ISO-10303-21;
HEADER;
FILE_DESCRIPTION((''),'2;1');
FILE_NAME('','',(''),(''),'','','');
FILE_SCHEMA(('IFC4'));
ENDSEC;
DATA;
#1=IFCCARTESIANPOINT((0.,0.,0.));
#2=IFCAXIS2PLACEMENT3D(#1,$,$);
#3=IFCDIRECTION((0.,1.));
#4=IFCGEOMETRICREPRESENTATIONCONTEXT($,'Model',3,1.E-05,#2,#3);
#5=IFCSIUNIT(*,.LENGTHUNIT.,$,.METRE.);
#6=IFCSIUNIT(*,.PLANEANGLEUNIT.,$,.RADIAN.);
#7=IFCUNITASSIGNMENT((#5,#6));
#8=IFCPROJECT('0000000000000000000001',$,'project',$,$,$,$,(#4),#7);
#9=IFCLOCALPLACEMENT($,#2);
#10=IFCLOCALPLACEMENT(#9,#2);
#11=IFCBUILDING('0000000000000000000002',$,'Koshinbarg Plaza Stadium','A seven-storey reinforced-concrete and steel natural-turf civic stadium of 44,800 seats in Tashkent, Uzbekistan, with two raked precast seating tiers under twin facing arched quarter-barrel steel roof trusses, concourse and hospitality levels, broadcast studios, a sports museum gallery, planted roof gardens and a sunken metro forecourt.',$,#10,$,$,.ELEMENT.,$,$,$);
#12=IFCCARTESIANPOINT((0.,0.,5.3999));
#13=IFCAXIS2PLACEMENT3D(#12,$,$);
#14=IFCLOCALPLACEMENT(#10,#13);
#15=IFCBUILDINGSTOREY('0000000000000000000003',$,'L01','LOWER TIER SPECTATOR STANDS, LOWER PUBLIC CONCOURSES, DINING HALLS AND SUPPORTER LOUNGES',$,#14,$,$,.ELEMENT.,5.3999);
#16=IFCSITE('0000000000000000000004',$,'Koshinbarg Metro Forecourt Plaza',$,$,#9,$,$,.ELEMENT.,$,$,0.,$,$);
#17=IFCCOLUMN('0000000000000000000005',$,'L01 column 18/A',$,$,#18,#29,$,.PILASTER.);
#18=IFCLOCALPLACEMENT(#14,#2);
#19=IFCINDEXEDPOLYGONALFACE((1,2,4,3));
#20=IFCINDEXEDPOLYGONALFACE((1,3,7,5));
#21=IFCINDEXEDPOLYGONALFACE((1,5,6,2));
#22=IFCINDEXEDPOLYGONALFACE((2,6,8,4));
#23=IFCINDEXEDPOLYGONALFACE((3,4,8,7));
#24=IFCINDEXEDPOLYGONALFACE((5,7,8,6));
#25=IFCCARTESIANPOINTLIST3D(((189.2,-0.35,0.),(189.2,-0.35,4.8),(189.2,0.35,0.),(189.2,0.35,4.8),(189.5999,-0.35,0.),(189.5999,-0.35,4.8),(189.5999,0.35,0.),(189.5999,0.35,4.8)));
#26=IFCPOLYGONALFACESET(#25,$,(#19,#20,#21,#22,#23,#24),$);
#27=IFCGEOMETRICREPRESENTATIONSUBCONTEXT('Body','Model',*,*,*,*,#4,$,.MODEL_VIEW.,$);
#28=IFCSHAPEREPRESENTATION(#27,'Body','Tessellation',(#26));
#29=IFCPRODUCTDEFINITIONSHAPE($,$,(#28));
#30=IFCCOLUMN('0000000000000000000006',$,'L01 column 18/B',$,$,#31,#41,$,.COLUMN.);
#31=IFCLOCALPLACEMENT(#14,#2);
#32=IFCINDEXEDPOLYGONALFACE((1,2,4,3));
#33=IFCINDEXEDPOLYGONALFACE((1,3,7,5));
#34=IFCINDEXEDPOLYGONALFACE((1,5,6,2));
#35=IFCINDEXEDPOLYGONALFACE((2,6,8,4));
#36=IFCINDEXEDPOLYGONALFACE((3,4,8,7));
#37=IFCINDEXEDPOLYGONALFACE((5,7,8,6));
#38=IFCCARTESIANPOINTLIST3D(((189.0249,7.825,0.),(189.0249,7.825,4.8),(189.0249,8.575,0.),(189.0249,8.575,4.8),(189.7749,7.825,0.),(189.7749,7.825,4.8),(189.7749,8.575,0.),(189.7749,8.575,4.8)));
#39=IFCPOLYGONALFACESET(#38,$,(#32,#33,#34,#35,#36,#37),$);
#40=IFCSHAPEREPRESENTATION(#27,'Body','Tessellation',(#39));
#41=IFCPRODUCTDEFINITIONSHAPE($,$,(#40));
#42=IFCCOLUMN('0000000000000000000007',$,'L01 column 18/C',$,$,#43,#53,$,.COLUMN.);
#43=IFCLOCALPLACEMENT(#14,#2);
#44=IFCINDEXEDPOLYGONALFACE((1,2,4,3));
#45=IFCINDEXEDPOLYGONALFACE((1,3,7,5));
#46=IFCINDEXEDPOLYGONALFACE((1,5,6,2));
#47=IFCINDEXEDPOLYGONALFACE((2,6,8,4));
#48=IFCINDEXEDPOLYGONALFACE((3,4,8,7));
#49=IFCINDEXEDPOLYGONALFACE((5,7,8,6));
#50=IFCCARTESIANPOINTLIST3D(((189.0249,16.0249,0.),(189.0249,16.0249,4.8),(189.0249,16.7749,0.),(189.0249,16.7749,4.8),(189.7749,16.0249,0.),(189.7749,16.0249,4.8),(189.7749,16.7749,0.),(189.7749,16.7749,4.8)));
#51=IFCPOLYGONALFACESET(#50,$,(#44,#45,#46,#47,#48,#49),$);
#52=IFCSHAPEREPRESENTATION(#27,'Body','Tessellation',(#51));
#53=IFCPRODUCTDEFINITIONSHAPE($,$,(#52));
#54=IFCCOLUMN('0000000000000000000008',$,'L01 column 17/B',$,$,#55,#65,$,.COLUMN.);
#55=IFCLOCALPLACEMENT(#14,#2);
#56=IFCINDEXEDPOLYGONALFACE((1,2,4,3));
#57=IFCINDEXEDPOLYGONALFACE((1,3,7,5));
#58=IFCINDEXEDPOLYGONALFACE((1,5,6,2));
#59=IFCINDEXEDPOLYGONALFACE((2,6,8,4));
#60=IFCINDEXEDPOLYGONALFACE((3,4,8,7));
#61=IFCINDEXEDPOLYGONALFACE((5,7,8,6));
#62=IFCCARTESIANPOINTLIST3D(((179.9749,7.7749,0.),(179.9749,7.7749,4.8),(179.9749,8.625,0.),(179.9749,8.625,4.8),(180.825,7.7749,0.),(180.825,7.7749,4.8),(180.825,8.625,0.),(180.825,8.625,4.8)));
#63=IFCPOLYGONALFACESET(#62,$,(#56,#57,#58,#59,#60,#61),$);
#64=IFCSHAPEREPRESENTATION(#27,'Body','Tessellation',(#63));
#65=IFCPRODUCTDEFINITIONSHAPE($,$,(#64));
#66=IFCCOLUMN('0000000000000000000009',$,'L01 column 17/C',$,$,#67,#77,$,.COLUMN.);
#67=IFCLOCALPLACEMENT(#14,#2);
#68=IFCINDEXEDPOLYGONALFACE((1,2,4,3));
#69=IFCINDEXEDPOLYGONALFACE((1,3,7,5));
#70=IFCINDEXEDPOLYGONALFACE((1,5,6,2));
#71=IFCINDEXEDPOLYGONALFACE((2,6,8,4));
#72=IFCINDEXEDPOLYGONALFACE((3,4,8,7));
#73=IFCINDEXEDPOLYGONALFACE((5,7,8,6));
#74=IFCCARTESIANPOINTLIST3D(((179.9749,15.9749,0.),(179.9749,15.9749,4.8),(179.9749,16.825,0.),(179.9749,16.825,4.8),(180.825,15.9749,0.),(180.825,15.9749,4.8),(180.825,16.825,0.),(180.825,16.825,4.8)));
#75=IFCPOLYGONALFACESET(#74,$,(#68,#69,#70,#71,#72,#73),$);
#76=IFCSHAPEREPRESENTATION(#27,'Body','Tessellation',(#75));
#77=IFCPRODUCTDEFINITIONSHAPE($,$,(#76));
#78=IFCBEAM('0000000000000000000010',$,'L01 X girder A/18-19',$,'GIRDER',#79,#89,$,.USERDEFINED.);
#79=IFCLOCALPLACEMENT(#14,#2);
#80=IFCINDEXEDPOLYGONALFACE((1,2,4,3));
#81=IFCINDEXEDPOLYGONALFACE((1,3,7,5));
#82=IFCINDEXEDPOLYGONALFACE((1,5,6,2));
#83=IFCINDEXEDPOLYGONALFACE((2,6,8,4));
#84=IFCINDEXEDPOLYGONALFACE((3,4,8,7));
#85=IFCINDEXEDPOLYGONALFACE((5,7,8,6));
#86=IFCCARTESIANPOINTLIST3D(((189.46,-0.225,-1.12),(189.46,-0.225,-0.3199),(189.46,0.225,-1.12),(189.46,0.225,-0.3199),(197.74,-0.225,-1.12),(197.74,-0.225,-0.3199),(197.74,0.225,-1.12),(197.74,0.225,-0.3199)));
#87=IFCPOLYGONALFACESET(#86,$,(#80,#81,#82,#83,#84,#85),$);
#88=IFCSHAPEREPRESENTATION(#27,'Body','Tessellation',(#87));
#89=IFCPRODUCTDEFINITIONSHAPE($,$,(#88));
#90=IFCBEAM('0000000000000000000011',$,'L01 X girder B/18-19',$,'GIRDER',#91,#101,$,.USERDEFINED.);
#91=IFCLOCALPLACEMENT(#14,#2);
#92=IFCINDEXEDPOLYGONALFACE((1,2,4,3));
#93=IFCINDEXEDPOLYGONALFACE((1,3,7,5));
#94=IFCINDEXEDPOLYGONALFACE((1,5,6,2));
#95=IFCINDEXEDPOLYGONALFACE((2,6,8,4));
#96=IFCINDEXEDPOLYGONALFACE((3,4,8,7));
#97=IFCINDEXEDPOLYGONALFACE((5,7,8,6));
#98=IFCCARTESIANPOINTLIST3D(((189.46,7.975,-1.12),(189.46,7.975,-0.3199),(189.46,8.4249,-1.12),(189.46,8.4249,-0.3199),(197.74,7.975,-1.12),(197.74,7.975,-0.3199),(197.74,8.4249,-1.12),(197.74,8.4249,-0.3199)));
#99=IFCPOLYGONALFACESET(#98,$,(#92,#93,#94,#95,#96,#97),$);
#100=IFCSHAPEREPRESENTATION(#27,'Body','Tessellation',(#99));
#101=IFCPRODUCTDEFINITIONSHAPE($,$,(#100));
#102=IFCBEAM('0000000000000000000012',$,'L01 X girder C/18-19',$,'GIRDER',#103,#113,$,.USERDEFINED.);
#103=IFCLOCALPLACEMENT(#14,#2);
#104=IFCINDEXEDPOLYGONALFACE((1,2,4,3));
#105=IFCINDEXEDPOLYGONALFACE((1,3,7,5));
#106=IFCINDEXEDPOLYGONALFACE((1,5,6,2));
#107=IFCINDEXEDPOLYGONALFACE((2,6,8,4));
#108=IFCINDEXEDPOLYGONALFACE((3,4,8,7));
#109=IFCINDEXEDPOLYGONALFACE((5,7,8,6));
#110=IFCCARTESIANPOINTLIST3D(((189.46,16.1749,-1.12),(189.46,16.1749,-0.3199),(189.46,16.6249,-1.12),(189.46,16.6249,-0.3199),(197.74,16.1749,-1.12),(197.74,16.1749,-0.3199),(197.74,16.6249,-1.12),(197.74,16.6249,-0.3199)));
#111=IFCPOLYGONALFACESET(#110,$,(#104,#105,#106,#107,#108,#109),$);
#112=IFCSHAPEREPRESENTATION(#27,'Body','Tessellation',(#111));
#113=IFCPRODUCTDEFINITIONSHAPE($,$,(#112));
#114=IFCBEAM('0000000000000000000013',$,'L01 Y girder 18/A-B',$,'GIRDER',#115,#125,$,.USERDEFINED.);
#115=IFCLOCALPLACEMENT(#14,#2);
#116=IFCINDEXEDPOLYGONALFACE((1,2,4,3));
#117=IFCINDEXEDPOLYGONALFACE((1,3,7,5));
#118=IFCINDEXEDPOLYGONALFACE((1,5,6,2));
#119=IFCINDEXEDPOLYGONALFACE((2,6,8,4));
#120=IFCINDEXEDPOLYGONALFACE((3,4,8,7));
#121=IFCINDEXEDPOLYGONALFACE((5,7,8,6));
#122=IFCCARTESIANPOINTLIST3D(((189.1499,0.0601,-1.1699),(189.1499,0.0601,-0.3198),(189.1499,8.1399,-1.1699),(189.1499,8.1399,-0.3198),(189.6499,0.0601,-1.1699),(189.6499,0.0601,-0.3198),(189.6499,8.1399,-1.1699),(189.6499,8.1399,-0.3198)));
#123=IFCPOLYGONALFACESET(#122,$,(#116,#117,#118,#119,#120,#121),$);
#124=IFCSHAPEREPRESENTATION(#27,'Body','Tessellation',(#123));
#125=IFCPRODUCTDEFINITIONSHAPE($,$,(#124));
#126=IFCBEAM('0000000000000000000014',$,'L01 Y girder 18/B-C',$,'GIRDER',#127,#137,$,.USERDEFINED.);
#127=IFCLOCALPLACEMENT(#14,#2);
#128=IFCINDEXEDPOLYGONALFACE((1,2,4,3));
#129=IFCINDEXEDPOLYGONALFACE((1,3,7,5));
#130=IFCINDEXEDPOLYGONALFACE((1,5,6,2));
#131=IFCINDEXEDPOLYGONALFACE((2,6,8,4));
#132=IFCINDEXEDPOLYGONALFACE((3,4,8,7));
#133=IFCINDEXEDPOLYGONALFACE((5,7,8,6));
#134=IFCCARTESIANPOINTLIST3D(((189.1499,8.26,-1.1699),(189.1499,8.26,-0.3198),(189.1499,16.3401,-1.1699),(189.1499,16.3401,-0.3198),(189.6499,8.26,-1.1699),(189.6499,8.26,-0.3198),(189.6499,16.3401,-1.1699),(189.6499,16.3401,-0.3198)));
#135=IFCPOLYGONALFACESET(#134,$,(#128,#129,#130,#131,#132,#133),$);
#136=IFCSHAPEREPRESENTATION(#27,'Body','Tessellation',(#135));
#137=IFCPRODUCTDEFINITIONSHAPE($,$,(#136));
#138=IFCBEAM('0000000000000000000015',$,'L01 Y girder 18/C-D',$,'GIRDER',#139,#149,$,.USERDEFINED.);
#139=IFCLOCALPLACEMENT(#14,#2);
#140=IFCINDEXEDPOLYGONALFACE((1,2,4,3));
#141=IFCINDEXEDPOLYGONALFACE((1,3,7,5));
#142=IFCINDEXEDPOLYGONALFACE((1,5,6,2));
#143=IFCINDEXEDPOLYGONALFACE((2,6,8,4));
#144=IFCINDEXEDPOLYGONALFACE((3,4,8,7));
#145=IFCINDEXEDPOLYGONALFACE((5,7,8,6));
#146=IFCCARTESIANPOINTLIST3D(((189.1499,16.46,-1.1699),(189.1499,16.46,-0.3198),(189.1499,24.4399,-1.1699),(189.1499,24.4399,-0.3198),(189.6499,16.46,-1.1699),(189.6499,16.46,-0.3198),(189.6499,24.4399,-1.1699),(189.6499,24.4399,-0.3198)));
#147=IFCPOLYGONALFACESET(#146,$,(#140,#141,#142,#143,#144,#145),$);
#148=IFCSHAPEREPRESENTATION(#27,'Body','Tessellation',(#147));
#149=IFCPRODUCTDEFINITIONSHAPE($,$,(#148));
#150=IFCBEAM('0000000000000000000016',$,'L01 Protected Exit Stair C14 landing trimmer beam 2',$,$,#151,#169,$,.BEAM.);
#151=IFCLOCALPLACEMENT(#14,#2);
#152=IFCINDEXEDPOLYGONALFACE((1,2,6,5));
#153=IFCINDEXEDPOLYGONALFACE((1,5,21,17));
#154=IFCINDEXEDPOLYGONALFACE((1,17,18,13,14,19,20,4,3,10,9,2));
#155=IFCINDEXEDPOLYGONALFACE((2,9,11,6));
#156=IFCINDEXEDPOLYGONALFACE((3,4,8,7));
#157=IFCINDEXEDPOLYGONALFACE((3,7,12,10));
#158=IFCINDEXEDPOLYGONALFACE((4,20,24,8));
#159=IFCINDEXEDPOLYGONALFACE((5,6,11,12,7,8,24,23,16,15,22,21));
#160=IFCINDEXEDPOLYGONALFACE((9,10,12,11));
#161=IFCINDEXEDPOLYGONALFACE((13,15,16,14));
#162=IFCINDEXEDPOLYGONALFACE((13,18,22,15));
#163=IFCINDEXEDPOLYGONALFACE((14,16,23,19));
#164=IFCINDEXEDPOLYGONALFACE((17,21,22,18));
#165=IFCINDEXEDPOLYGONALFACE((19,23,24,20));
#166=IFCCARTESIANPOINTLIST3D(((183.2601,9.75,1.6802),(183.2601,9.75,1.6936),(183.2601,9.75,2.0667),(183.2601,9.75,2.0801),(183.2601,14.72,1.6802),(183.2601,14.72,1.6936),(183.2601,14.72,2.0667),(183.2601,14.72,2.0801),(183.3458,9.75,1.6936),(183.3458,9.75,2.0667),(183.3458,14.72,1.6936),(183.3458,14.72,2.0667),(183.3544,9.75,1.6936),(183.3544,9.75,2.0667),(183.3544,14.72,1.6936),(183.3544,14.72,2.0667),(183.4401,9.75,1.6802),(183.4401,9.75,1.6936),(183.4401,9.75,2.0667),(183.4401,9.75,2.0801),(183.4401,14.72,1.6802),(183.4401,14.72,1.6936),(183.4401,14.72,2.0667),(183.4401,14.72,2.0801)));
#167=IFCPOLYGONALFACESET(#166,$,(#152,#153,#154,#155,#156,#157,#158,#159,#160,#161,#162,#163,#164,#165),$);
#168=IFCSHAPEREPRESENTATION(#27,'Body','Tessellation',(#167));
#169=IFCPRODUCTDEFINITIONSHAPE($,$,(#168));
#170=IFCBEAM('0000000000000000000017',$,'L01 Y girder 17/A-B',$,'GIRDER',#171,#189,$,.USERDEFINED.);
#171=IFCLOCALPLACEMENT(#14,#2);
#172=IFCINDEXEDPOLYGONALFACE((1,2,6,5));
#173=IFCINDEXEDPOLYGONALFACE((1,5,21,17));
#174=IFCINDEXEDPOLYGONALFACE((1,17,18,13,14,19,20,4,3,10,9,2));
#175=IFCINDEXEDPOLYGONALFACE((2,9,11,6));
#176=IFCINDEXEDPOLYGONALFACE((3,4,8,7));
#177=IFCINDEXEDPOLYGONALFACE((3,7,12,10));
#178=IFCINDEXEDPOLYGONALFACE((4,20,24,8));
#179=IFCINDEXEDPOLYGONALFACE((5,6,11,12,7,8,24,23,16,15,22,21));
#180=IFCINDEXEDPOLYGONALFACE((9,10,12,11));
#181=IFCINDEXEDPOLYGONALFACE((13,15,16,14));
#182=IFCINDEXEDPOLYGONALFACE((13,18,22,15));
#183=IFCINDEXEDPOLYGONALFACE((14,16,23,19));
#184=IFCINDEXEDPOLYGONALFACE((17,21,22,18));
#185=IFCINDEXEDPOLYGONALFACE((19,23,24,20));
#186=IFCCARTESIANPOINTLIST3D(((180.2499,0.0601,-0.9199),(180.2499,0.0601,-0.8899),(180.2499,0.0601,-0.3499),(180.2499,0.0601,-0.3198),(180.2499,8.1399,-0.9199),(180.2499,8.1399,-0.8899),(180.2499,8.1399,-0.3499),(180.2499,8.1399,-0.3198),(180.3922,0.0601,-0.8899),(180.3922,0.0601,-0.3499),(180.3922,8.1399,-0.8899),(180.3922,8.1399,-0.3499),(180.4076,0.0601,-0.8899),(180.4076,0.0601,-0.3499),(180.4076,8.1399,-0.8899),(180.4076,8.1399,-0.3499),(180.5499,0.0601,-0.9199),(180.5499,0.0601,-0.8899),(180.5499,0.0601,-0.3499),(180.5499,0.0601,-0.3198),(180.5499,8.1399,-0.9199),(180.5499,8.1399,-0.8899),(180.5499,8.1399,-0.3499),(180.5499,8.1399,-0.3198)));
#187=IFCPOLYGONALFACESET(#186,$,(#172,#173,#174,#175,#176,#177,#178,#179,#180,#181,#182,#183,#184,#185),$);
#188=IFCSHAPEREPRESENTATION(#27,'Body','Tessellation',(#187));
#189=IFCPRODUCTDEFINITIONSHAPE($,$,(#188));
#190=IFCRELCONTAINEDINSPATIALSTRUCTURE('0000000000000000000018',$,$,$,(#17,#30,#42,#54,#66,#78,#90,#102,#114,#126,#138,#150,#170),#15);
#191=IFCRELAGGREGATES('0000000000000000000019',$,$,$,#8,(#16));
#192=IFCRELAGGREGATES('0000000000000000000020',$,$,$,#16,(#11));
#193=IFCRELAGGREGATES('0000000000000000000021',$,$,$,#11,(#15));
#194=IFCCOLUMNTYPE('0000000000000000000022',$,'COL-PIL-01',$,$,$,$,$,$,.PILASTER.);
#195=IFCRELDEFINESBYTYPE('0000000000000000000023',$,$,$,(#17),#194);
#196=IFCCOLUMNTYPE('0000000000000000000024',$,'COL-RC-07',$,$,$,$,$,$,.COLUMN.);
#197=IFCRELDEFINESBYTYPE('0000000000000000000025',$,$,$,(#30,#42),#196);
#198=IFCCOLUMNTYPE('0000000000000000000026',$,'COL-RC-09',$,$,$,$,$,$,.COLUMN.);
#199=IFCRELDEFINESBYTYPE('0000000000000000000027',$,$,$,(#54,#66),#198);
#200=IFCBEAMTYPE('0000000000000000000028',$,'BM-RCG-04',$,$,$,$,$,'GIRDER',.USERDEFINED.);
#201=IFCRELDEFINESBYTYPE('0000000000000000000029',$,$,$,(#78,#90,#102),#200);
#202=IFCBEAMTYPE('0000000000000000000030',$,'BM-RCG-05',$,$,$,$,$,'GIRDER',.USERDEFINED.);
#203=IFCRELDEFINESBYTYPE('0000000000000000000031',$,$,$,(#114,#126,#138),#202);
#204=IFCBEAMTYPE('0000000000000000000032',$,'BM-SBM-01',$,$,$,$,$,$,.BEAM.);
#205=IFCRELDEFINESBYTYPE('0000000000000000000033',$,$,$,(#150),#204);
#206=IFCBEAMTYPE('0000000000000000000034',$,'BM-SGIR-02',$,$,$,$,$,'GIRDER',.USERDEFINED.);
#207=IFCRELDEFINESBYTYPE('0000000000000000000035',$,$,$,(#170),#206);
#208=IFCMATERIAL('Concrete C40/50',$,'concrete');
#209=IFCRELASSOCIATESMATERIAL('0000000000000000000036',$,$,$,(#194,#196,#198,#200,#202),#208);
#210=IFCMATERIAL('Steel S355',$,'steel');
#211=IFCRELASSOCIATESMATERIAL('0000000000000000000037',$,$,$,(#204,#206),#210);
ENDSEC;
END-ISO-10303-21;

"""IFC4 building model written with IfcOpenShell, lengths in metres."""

from ifc_helpers import new_model, si_unit, direction, frame, origin, origin_2d, place, context, subcontext, project, spatial, rectangle, i_section, extrude, material, material_profile, profile_set, type_object, element, save


model = new_model("IFC4")

# Units and contexts
model_context = context("Model", 3, precision=1e-05, world=origin(), true_north=direction((0.0, 1.0)))
body_context = subcontext(model_context, "Body", "Model", "MODEL_VIEW")
ifc_project = project(units=[si_unit("LENGTHUNIT", "METRE"), si_unit("PLANEANGLEUNIT", "RADIAN")], contexts=[model_context])

# Site, building, storey
site_placement = place(None, origin())
site = spatial("IfcSite", under=ifc_project, at=site_placement, Name="Koshinbarg Metro Forecourt Plaza", CompositionType="ELEMENT", RefElevation=0.0)
building_placement = place(site_placement, origin())
building = spatial("IfcBuilding", under=site, at=building_placement, Name="Koshinbarg Plaza Stadium", Description="A seven-storey reinforced-concrete and steel natural-turf civic stadium of 44,800 seats in Tashkent, Uzbekistan, with two raked precast seating tiers under twin facing arched quarter-barrel steel roof trusses, concourse and hospitality levels, broadcast studios, a sports museum gallery, planted roof gardens and a sunken metro forecourt.", CompositionType="ELEMENT")
storey_placement = place(building_placement, frame((0.0, 0.0, 5.3999)))
storey = spatial("IfcBuildingStorey", under=building, at=storey_placement, Name="L01", Description="LOWER TIER SPECTATOR STANDS, LOWER PUBLIC CONCOURSES, DINING HALLS AND SUPPORTER LOUNGES", CompositionType="ELEMENT", Elevation=5.3999)

# Columns
ifc_material_1 = material(Name="Concrete C40/50", Category="concrete")
ifc_material_profile_1 = material_profile(ifc_material_1, rectangle(XDim=0.3999, YDim=0.7, at=origin_2d()), Name="PIL 400x700")
ifc_profile_set_1 = profile_set([ifc_material_profile_1], Name="Concrete C40/50")
column_type_1 = type_object("IfcColumnType", Name="COL-PIL-01", PredefinedType="PILASTER", material=ifc_profile_set_1)
column_placement = place(storey_placement, frame((189.3999, 0.0, 0.0), z_axis=(0.0, 0.0, 1.0), x_axis=(1.0, 0.0, 0.0)))
element("IfcColumn", 1, at=column_placement, inside=storey, type_object=column_type_1, Name="L01 column 18/A", PredefinedType="PILASTER", context=body_context, shape_type="SweptSolid", body=[
    extrude(rectangle(XDim=0.3999, YDim=0.7, at=origin_2d()), origin(), (0.0, 0.0, 1.0), 4.8),
])
ifc_material_profile_2 = material_profile(ifc_material_1, rectangle(XDim=0.75, YDim=0.75, at=origin_2d()), Name="RC 750x750")
ifc_profile_set_2 = profile_set([ifc_material_profile_2], Name="Concrete C40/50")
column_type_2 = type_object("IfcColumnType", Name="COL-RC-07", PredefinedType="COLUMN", material=ifc_profile_set_2)
for number, where, z_axis, x_axis, name in (
    (2, (189.3999, 8.2, 0.0), (0.0, 0.0, 1.0), (1.0, 0.0, 0.0), "L01 column 18/B"),
    (3, (189.3999, 16.3999, 0.0), (0.0, 0.0, 1.0), (1.0, 0.0, 0.0), "L01 column 18/C"),
):
    element("IfcColumn", number, at=place(storey_placement, frame(where, z_axis=z_axis, x_axis=x_axis)), inside=storey, type_object=column_type_2, Name=name, PredefinedType="COLUMN", context=body_context, shape_type="SweptSolid", body=[
        extrude(rectangle(XDim=0.75, YDim=0.75, at=origin_2d()), origin(), (0.0, 0.0, 1.0), 4.8),
    ])
ifc_material_profile_3 = material_profile(ifc_material_1, rectangle(XDim=0.8501, YDim=0.8501, at=origin_2d()), Name="RC 850x850")
ifc_profile_set_3 = profile_set([ifc_material_profile_3], Name="Concrete C40/50")
column_type_3 = type_object("IfcColumnType", Name="COL-RC-09", PredefinedType="COLUMN", material=ifc_profile_set_3)
for number, where, z_axis, x_axis, name in (
    (4, (180.3999, 8.2, 0.0), (0.0, 0.0, 1.0), (1.0, 0.0, 0.0), "L01 column 17/B"),
    (5, (180.3999, 16.3999, 0.0), (0.0, 0.0, 1.0), (1.0, 0.0, 0.0), "L01 column 17/C"),
):
    element("IfcColumn", number, at=place(storey_placement, frame(where, z_axis=z_axis, x_axis=x_axis)), inside=storey, type_object=column_type_3, Name=name, PredefinedType="COLUMN", context=body_context, shape_type="SweptSolid", body=[
        extrude(rectangle(XDim=0.8501, YDim=0.8501, at=origin_2d()), origin(), (0.0, 0.0, 1.0), 4.8),
    ])

# Beams
ifc_material_profile_4 = material_profile(ifc_material_1, rectangle(XDim=0.45, YDim=0.8, at=origin_2d()), Name="RC 450x800")
ifc_profile_set_4 = profile_set([ifc_material_profile_4], Name="Concrete C40/50")
beam_type_1 = type_object("IfcBeamType", Name="BM-RCG-04", ElementType="GIRDER", PredefinedType="USERDEFINED", material=ifc_profile_set_4)
for number, where, z_axis, x_axis, name in (
    (6, (189.46, 0.0, -0.72), (1.0, 0.0, 0.0), (0.0, 1.0, 0.0), "L01 X girder A/18-19"),
    (7, (189.46, 8.2, -0.72), (1.0, 0.0, 0.0), (0.0, 1.0, 0.0), "L01 X girder B/18-19"),
    (8, (189.46, 16.3999, -0.72), (1.0, 0.0, 0.0), (0.0, 1.0, 0.0), "L01 X girder C/18-19"),
):
    element("IfcBeam", number, at=place(storey_placement, frame(where, z_axis=z_axis, x_axis=x_axis)), inside=storey, type_object=beam_type_1, Name=name, ObjectType="GIRDER", PredefinedType="USERDEFINED", context=body_context, shape_type="SweptSolid", body=[
        extrude(rectangle(XDim=0.45, YDim=0.8, at=origin_2d()), origin(), (0.0, 0.0, 1.0), 8.28),
    ])
ifc_material_profile_5 = material_profile(ifc_material_1, rectangle(XDim=0.5, YDim=0.8501, at=origin_2d()), Name="RC 500x850")
ifc_profile_set_5 = profile_set([ifc_material_profile_5], Name="Concrete C40/50")
beam_type_2 = type_object("IfcBeamType", Name="BM-RCG-05", ElementType="GIRDER", PredefinedType="USERDEFINED", material=ifc_profile_set_5)
beam_1_placement = place(storey_placement, frame((189.3999, 0.0601, -0.7449), z_axis=(0.0, 1.0, 0.0), x_axis=(-1.0, 0.0, 0.0)))
element("IfcBeam", 9, at=beam_1_placement, inside=storey, type_object=beam_type_2, Name="L01 Y girder 18/A-B", ObjectType="GIRDER", PredefinedType="USERDEFINED", context=body_context, shape_type="SweptSolid", body=[
    extrude(rectangle(XDim=0.5, YDim=0.8501, at=origin_2d()), origin(), (0.0, 0.0, 1.0), 8.0798),
])
beam_2_placement = place(storey_placement, frame((189.3999, 8.26, -0.7449), z_axis=(0.0, 1.0, 0.0), x_axis=(-1.0, 0.0, 0.0)))
element("IfcBeam", 10, at=beam_2_placement, inside=storey, type_object=beam_type_2, Name="L01 Y girder 18/B-C", ObjectType="GIRDER", PredefinedType="USERDEFINED", context=body_context, shape_type="SweptSolid", body=[
    extrude(rectangle(XDim=0.5, YDim=0.8501, at=origin_2d()), origin(), (0.0, 0.0, 1.0), 8.0801),
])
beam_3_placement = place(storey_placement, frame((189.3999, 16.46, -0.7449), z_axis=(0.0, 1.0, 0.0), x_axis=(-1.0, 0.0, 0.0)))
element("IfcBeam", 11, at=beam_3_placement, inside=storey, type_object=beam_type_2, Name="L01 Y girder 18/C-D", ObjectType="GIRDER", PredefinedType="USERDEFINED", context=body_context, shape_type="SweptSolid", body=[
    extrude(rectangle(XDim=0.5, YDim=0.8501, at=origin_2d()), origin(), (0.0, 0.0, 1.0), 7.98),
])
ifc_material_2 = material(Name="Steel S355", Category="steel")
ifc_material_profile_6 = material_profile(ifc_material_2, i_section(OverallWidth=0.1799, OverallDepth=0.3999, WebThickness=0.0085, FlangeThickness=0.0134, at=origin_2d()), Name="IPE 400")
ifc_profile_set_6 = profile_set([ifc_material_profile_6], Name="Steel S355")
beam_type_3 = type_object("IfcBeamType", Name="BM-SBM-01", PredefinedType="BEAM", material=ifc_profile_set_6)
beam_4_placement = place(storey_placement, frame((183.3501, 9.75, 1.8801), z_axis=(0.0, 1.0, 0.0), x_axis=(-1.0, 0.0, 0.0)))
element("IfcBeam", 12, at=beam_4_placement, inside=storey, type_object=beam_type_3, Name="L01 Protected Exit Stair C14 landing trimmer beam 2", PredefinedType="BEAM", context=body_context, shape_type="SweptSolid", body=[
    extrude(i_section(OverallWidth=0.1799, OverallDepth=0.3999, WebThickness=0.0085, FlangeThickness=0.0134, at=origin_2d()), origin(), (0.0, 0.0, 1.0), 4.97),
])
ifc_material_profile_7 = material_profile(ifc_material_2, i_section(OverallWidth=0.3, OverallDepth=0.6001, WebThickness=0.0154, FlangeThickness=0.03, at=origin_2d()), Name="HEB 600")
ifc_profile_set_7 = profile_set([ifc_material_profile_7], Name="Steel S355")
beam_type_4 = type_object("IfcBeamType", Name="BM-SGIR-02", ElementType="GIRDER", PredefinedType="USERDEFINED", material=ifc_profile_set_7)
beam_5_placement = place(storey_placement, frame((180.3999, 0.0601, -0.6199), z_axis=(0.0, 1.0, 0.0), x_axis=(-1.0, 0.0, 0.0)))
element("IfcBeam", 13, at=beam_5_placement, inside=storey, type_object=beam_type_4, Name="L01 Y girder 17/A-B", ObjectType="GIRDER", PredefinedType="USERDEFINED", context=body_context, shape_type="SweptSolid", body=[
    extrude(i_section(OverallWidth=0.3, OverallDepth=0.6001, WebThickness=0.0154, FlangeThickness=0.03, at=origin_2d()), origin(), (0.0, 0.0, 1.0), 8.0798),
])

save(model, "model.ifc")
